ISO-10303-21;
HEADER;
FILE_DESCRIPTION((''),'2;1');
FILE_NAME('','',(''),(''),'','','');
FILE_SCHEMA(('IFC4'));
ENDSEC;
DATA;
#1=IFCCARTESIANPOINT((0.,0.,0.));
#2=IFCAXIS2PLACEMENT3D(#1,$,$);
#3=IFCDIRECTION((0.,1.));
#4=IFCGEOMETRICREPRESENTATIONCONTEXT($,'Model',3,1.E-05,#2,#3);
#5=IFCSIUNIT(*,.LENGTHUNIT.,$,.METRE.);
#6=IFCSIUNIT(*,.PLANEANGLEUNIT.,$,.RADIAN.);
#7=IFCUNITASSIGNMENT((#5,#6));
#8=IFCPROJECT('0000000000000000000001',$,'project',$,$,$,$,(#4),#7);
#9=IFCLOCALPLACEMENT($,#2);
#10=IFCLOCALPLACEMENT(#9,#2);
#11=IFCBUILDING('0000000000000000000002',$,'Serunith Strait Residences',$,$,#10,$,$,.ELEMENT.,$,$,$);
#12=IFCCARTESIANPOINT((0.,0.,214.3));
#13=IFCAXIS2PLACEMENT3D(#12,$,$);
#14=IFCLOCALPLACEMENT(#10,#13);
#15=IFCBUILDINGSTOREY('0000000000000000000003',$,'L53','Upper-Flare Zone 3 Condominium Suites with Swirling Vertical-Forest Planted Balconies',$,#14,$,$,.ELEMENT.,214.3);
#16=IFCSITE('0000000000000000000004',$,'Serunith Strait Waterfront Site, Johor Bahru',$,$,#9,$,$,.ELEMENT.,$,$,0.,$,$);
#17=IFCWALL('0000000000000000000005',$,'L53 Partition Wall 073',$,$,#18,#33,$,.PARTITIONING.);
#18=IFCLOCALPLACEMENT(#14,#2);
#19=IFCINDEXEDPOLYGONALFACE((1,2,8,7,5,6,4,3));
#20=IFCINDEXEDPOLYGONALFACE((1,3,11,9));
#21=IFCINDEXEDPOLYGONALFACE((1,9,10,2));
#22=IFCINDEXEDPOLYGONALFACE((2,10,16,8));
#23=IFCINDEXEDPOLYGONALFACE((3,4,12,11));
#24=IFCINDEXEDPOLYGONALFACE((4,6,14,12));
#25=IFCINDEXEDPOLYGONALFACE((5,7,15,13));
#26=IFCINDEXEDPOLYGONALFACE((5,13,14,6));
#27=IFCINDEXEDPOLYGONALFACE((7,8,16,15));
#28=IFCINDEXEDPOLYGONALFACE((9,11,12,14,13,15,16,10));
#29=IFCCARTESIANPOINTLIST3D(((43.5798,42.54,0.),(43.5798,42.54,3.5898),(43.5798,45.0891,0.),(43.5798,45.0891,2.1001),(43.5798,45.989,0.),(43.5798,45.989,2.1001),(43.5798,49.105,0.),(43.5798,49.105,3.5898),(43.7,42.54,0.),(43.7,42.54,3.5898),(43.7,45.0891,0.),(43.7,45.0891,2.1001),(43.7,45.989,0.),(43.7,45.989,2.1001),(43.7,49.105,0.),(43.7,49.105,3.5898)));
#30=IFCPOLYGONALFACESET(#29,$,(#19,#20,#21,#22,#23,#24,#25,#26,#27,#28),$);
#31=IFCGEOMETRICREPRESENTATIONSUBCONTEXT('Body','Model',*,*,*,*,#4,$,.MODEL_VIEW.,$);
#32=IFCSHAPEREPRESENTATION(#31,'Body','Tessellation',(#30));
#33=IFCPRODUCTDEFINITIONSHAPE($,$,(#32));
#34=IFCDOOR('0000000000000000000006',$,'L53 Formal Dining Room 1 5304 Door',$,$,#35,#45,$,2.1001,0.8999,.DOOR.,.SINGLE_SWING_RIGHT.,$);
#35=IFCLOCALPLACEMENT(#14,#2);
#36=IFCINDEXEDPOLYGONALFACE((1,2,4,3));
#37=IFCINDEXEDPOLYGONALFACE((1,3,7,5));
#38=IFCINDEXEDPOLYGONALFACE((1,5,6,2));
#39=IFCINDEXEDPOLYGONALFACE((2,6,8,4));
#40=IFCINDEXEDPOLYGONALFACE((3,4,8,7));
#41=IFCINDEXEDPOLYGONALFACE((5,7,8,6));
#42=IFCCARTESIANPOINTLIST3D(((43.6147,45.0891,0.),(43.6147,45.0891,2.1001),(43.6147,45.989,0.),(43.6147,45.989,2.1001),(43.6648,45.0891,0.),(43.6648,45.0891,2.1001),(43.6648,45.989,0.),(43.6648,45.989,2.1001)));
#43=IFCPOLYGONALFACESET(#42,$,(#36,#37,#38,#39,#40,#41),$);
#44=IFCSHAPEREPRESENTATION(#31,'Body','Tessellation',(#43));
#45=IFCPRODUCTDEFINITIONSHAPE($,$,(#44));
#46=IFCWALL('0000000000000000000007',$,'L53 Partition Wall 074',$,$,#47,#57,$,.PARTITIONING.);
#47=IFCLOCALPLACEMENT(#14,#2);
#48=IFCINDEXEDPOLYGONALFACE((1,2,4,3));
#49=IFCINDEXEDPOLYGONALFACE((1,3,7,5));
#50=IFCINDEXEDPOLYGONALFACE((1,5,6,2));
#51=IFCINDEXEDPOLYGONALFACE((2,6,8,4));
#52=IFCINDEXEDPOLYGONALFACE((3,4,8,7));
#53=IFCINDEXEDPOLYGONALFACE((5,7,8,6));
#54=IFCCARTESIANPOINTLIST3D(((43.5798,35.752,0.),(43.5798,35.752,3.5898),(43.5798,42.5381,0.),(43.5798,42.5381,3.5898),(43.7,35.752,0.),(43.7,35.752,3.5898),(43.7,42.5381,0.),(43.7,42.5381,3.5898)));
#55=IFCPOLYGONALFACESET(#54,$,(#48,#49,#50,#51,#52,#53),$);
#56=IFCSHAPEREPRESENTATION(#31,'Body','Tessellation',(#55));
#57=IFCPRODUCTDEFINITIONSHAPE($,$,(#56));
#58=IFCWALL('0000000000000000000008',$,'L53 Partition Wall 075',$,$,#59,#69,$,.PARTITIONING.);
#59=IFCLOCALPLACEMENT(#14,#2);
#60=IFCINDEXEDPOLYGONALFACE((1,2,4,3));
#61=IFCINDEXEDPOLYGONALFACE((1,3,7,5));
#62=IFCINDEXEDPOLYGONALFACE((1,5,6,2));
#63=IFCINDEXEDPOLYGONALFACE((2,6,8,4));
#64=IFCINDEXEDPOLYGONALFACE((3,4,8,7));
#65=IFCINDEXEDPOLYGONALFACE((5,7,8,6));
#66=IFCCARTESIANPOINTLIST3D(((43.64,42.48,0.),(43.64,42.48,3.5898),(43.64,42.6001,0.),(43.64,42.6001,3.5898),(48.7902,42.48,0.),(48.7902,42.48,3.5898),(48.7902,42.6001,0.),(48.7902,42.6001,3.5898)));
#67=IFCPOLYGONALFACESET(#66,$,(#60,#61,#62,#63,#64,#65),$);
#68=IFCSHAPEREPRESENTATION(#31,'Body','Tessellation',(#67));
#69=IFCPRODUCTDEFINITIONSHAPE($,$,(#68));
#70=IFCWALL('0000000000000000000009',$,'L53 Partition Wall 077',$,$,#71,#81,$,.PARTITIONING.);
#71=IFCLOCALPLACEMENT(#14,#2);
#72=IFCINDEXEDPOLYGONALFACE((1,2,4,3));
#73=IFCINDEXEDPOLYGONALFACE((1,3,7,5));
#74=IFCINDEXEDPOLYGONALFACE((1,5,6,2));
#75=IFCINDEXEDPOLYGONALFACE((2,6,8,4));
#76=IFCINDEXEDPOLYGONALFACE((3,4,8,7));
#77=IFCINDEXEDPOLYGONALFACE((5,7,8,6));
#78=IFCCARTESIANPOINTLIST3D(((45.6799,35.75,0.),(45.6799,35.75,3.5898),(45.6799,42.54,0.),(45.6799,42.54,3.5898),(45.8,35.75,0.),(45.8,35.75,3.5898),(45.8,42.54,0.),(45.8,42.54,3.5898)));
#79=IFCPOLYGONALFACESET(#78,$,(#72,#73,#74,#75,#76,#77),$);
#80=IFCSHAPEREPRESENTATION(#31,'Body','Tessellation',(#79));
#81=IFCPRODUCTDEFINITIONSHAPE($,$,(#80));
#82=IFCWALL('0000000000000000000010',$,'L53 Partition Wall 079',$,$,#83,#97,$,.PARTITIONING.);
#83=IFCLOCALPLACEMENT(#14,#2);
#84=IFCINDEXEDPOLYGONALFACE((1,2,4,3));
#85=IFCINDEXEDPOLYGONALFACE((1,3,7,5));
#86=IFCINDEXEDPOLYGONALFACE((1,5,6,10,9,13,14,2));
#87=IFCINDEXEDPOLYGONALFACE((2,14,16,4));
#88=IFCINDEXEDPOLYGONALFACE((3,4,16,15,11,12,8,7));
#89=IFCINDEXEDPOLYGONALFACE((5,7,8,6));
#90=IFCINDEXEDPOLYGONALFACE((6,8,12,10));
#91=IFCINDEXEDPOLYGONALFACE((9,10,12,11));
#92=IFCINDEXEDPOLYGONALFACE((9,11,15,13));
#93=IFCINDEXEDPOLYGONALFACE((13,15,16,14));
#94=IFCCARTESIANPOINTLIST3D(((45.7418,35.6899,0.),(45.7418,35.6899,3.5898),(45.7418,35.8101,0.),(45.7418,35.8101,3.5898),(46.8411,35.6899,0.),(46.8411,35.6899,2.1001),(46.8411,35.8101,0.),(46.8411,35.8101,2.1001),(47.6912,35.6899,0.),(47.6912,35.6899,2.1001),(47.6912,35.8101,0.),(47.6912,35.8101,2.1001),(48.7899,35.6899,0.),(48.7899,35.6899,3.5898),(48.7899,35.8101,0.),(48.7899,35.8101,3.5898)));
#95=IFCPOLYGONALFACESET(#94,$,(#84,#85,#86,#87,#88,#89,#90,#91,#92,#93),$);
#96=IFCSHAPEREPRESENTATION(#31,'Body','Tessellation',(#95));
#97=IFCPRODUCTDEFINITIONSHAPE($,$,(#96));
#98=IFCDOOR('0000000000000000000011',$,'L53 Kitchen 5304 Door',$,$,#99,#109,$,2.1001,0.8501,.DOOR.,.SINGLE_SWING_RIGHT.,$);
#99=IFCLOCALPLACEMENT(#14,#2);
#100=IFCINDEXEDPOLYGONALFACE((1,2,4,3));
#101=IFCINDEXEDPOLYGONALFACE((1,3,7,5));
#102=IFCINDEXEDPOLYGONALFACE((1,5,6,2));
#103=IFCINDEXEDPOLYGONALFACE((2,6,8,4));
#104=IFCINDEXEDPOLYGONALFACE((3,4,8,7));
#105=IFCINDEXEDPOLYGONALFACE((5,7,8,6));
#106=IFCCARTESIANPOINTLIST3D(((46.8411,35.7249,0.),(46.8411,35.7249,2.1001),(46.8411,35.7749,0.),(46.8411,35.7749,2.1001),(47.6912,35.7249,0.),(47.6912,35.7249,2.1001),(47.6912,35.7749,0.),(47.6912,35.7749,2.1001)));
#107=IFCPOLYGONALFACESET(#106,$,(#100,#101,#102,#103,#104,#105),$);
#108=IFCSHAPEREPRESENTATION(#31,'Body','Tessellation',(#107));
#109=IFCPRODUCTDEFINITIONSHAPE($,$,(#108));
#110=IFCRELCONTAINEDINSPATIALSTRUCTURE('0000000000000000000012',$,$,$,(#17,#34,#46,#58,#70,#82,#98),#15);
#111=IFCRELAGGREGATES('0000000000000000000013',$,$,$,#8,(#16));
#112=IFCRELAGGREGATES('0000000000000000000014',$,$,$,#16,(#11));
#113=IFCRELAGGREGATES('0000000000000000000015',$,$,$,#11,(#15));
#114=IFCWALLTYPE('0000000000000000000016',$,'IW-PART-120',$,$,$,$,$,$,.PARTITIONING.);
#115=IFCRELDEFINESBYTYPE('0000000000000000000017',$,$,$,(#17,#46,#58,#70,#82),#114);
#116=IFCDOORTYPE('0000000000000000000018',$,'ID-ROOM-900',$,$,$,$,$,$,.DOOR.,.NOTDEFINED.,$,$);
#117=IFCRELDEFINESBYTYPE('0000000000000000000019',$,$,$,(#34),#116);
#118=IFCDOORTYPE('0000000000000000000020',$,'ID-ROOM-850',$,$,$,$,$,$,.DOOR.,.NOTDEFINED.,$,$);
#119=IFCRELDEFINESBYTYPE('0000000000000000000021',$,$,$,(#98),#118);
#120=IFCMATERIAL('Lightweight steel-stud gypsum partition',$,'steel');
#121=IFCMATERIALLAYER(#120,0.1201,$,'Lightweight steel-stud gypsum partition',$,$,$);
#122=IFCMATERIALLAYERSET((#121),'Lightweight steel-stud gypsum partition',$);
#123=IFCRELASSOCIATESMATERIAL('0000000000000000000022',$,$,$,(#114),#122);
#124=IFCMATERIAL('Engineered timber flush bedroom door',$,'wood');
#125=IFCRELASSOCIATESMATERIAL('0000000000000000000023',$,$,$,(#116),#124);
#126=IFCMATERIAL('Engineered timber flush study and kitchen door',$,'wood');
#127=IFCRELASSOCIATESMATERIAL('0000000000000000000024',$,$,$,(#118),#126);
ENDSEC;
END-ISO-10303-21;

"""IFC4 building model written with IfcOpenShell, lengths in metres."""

from ifc_helpers import new_model, si_unit, direction, frame, frame_2d, origin, place, context, subcontext, project, spatial, rectangle, extrude, source, transform, mapped, material, layer, layer_set, type_object, element, fill, save


model = new_model("IFC4")

# Units and contexts
model_context = context("Model", 3, precision=1e-05, world=origin(), true_north=direction((0.0, 1.0)))
body_context = subcontext(model_context, "Body", "Model", "MODEL_VIEW")
ifc_project = project(units=[si_unit("LENGTHUNIT", "METRE"), si_unit("PLANEANGLEUNIT", "RADIAN")], contexts=[model_context])

# Site, building, storey
site_placement = place(None, origin())
site = spatial("IfcSite", under=ifc_project, at=site_placement, Name="Serunith Strait Waterfront Site, Johor Bahru", CompositionType="ELEMENT", RefElevation=0.0)
building_placement = place(site_placement, origin())
building = spatial("IfcBuilding", under=site, at=building_placement, Name="Serunith Strait Residences", CompositionType="ELEMENT")
storey_placement = place(building_placement, frame((0.0, 0.0, 214.3)))
storey = spatial("IfcBuildingStorey", under=building, at=storey_placement, Name="L53", Description="Upper-Flare Zone 3 Condominium Suites with Swirling Vertical-Forest Planted Balconies", CompositionType="ELEMENT", Elevation=214.3)

# Wall, opening, door
ifc_material_1 = material(Name="Lightweight steel-stud gypsum partition", Category="steel")
ifc_layer_1 = layer(ifc_material_1, 0.1201, Name="Lightweight steel-stud gypsum partition")
ifc_layer_set_1 = layer_set([ifc_layer_1], Name="Lightweight steel-stud gypsum partition")
wall_type = type_object("IfcWallType", Name="IW-PART-120", PredefinedType="PARTITIONING", material=ifc_layer_set_1)
wall_1_placement = place(storey_placement, frame((43.6399, 49.105, 0.0), z_axis=(0.0, 0.0, 1.0), x_axis=(0.0, -1.0, 0.0)))
wall_1 = element("IfcWall", 1, at=wall_1_placement, inside=storey, type_object=wall_type, Name="L53 Partition Wall 073", PredefinedType="PARTITIONING", context=body_context, shape_type="SweptSolid", body=[
    extrude(rectangle(XDim=6.5649, YDim=0.1201, at=frame_2d((3.2825, 0.0))), origin(), (0.0, 0.0, 1.0), 3.5898),
])
opening_1_placement = place(wall_1_placement, frame((3.116, 0.0, 0.0)))
opening_1 = element("IfcOpeningElement", 2, at=opening_1_placement, cuts=wall_1, PredefinedType="OPENING", context=body_context, shape_type="SweptSolid", body=[
    extrude(rectangle(XDim=0.8999, YDim=2.1001, at=frame_2d((0.45, 1.05))), frame((0.0, 0.0701, 0.0), z_axis=(0.0, -1.0, 0.0), x_axis=(1.0, 0.0, 0.0)), (0.0, 0.0, 1.0), 0.1401),
])
ifc_material_2 = material(Name="Engineered timber flush bedroom door", Category="wood")
door_type_1 = type_object("IfcDoorType", Name="ID-ROOM-900", OperationType="NOTDEFINED", PredefinedType="DOOR", material=ifc_material_2)
shared_shape_1 = source(origin(), body_context, "Body", "SweptSolid", [
    extrude(rectangle(XDim=0.8999, YDim=2.1001, at=frame_2d((0.45, 1.05))), frame((0.0, 0.0249, 0.0), z_axis=(0.0, -1.0, 0.0), x_axis=(1.0, 0.0, 0.0)), (0.0, 0.0, 1.0), 0.05),
])
door_1_placement = place(opening_1_placement, origin())
door_1 = element("IfcDoor", 3, at=door_1_placement, inside=storey, type_object=door_type_1, Name="L53 Formal Dining Room 1 5304 Door", OperationType="SINGLE_SWING_RIGHT", OverallHeight=2.1001, OverallWidth=0.8999, PredefinedType="DOOR", context=body_context, shape_type="MappedRepresentation", body=[
    mapped(shared_shape_1, transform((0.0, 0.0, 0.0), scale=1.0)),
])
fill(opening_1, door_1)

# Walls
wall_2_placement = place(storey_placement, frame((43.6399, 42.5381, 0.0), z_axis=(0.0, 0.0, 1.0), x_axis=(0.0, -1.0, 0.0)))
element("IfcWall", 4, at=wall_2_placement, inside=storey, type_object=wall_type, Name="L53 Partition Wall 074", PredefinedType="PARTITIONING", context=body_context, shape_type="SweptSolid", body=[
    extrude(rectangle(XDim=6.7861, YDim=0.1201, at=frame_2d((3.3931, 0.0))), origin(), (0.0, 0.0, 1.0), 3.5898),
])
wall_3_placement = place(storey_placement, frame((43.6399, 42.54, 0.0), z_axis=(0.0, 0.0, 1.0), x_axis=(1.0, 0.0, 0.0)))
element("IfcWall", 5, at=wall_3_placement, inside=storey, type_object=wall_type, Name="L53 Partition Wall 075", PredefinedType="PARTITIONING", context=body_context, shape_type="SweptSolid", body=[
    extrude(rectangle(XDim=5.1501, YDim=0.1201, at=frame_2d((2.5752, 0.0))), origin(), (0.0, 0.0, 1.0), 3.5898),
])
wall_4_placement = place(storey_placement, frame((45.74, 42.54, 0.0), z_axis=(0.0, 0.0, 1.0), x_axis=(0.0, -1.0, 0.0)))
element("IfcWall", 6, at=wall_4_placement, inside=storey, type_object=wall_type, Name="L53 Partition Wall 077", PredefinedType="PARTITIONING", context=body_context, shape_type="SweptSolid", body=[
    extrude(rectangle(XDim=6.79, YDim=0.1201, at=frame_2d((3.395, 0.0))), origin(), (0.0, 0.0, 1.0), 3.5898),
])

# Wall, opening, door
wall_5_placement = place(storey_placement, frame((45.7419, 35.75, 0.0), z_axis=(0.0, 0.0, 1.0), x_axis=(1.0, 0.0, 0.0)))
wall_5 = element("IfcWall", 7, at=wall_5_placement, inside=storey, type_object=wall_type, Name="L53 Partition Wall 079", PredefinedType="PARTITIONING", context=body_context, shape_type="SweptSolid", body=[
    extrude(rectangle(XDim=3.0481, YDim=0.1201, at=frame_2d((1.5239, 0.0))), origin(), (0.0, 0.0, 1.0), 3.5898),
])
opening_2_placement = place(wall_5_placement, frame((1.0991, 0.0, 0.0)))
opening_2 = element("IfcOpeningElement", 8, at=opening_2_placement, cuts=wall_5, PredefinedType="OPENING", context=body_context, shape_type="SweptSolid", body=[
    extrude(rectangle(XDim=0.8501, YDim=2.1001, at=frame_2d((0.425, 1.05))), frame((0.0, 0.0701, 0.0), z_axis=(0.0, -1.0, 0.0), x_axis=(1.0, 0.0, 0.0)), (0.0, 0.0, 1.0), 0.1401),
])
ifc_material_3 = material(Name="Engineered timber flush study and kitchen door", Category="wood")
door_type_2 = type_object("IfcDoorType", Name="ID-ROOM-850", OperationType="NOTDEFINED", PredefinedType="DOOR", material=ifc_material_3)
shared_shape_2 = source(origin(), body_context, "Body", "SweptSolid", [
    extrude(rectangle(XDim=0.8501, YDim=2.1001, at=frame_2d((0.425, 1.05))), frame((0.0, 0.0249, 0.0), z_axis=(0.0, -1.0, 0.0), x_axis=(1.0, 0.0, 0.0)), (0.0, 0.0, 1.0), 0.05),
])
door_2_placement = place(opening_2_placement, origin())
door_2 = element("IfcDoor", 9, at=door_2_placement, inside=storey, type_object=door_type_2, Name="L53 Kitchen 5304 Door", OperationType="SINGLE_SWING_RIGHT", OverallHeight=2.1001, OverallWidth=0.8501, PredefinedType="DOOR", context=body_context, shape_type="MappedRepresentation", body=[
    mapped(shared_shape_2, transform((0.0, 0.0, 0.0), scale=1.0)),
])
fill(opening_2, door_2)

save(model, "model.ifc")
